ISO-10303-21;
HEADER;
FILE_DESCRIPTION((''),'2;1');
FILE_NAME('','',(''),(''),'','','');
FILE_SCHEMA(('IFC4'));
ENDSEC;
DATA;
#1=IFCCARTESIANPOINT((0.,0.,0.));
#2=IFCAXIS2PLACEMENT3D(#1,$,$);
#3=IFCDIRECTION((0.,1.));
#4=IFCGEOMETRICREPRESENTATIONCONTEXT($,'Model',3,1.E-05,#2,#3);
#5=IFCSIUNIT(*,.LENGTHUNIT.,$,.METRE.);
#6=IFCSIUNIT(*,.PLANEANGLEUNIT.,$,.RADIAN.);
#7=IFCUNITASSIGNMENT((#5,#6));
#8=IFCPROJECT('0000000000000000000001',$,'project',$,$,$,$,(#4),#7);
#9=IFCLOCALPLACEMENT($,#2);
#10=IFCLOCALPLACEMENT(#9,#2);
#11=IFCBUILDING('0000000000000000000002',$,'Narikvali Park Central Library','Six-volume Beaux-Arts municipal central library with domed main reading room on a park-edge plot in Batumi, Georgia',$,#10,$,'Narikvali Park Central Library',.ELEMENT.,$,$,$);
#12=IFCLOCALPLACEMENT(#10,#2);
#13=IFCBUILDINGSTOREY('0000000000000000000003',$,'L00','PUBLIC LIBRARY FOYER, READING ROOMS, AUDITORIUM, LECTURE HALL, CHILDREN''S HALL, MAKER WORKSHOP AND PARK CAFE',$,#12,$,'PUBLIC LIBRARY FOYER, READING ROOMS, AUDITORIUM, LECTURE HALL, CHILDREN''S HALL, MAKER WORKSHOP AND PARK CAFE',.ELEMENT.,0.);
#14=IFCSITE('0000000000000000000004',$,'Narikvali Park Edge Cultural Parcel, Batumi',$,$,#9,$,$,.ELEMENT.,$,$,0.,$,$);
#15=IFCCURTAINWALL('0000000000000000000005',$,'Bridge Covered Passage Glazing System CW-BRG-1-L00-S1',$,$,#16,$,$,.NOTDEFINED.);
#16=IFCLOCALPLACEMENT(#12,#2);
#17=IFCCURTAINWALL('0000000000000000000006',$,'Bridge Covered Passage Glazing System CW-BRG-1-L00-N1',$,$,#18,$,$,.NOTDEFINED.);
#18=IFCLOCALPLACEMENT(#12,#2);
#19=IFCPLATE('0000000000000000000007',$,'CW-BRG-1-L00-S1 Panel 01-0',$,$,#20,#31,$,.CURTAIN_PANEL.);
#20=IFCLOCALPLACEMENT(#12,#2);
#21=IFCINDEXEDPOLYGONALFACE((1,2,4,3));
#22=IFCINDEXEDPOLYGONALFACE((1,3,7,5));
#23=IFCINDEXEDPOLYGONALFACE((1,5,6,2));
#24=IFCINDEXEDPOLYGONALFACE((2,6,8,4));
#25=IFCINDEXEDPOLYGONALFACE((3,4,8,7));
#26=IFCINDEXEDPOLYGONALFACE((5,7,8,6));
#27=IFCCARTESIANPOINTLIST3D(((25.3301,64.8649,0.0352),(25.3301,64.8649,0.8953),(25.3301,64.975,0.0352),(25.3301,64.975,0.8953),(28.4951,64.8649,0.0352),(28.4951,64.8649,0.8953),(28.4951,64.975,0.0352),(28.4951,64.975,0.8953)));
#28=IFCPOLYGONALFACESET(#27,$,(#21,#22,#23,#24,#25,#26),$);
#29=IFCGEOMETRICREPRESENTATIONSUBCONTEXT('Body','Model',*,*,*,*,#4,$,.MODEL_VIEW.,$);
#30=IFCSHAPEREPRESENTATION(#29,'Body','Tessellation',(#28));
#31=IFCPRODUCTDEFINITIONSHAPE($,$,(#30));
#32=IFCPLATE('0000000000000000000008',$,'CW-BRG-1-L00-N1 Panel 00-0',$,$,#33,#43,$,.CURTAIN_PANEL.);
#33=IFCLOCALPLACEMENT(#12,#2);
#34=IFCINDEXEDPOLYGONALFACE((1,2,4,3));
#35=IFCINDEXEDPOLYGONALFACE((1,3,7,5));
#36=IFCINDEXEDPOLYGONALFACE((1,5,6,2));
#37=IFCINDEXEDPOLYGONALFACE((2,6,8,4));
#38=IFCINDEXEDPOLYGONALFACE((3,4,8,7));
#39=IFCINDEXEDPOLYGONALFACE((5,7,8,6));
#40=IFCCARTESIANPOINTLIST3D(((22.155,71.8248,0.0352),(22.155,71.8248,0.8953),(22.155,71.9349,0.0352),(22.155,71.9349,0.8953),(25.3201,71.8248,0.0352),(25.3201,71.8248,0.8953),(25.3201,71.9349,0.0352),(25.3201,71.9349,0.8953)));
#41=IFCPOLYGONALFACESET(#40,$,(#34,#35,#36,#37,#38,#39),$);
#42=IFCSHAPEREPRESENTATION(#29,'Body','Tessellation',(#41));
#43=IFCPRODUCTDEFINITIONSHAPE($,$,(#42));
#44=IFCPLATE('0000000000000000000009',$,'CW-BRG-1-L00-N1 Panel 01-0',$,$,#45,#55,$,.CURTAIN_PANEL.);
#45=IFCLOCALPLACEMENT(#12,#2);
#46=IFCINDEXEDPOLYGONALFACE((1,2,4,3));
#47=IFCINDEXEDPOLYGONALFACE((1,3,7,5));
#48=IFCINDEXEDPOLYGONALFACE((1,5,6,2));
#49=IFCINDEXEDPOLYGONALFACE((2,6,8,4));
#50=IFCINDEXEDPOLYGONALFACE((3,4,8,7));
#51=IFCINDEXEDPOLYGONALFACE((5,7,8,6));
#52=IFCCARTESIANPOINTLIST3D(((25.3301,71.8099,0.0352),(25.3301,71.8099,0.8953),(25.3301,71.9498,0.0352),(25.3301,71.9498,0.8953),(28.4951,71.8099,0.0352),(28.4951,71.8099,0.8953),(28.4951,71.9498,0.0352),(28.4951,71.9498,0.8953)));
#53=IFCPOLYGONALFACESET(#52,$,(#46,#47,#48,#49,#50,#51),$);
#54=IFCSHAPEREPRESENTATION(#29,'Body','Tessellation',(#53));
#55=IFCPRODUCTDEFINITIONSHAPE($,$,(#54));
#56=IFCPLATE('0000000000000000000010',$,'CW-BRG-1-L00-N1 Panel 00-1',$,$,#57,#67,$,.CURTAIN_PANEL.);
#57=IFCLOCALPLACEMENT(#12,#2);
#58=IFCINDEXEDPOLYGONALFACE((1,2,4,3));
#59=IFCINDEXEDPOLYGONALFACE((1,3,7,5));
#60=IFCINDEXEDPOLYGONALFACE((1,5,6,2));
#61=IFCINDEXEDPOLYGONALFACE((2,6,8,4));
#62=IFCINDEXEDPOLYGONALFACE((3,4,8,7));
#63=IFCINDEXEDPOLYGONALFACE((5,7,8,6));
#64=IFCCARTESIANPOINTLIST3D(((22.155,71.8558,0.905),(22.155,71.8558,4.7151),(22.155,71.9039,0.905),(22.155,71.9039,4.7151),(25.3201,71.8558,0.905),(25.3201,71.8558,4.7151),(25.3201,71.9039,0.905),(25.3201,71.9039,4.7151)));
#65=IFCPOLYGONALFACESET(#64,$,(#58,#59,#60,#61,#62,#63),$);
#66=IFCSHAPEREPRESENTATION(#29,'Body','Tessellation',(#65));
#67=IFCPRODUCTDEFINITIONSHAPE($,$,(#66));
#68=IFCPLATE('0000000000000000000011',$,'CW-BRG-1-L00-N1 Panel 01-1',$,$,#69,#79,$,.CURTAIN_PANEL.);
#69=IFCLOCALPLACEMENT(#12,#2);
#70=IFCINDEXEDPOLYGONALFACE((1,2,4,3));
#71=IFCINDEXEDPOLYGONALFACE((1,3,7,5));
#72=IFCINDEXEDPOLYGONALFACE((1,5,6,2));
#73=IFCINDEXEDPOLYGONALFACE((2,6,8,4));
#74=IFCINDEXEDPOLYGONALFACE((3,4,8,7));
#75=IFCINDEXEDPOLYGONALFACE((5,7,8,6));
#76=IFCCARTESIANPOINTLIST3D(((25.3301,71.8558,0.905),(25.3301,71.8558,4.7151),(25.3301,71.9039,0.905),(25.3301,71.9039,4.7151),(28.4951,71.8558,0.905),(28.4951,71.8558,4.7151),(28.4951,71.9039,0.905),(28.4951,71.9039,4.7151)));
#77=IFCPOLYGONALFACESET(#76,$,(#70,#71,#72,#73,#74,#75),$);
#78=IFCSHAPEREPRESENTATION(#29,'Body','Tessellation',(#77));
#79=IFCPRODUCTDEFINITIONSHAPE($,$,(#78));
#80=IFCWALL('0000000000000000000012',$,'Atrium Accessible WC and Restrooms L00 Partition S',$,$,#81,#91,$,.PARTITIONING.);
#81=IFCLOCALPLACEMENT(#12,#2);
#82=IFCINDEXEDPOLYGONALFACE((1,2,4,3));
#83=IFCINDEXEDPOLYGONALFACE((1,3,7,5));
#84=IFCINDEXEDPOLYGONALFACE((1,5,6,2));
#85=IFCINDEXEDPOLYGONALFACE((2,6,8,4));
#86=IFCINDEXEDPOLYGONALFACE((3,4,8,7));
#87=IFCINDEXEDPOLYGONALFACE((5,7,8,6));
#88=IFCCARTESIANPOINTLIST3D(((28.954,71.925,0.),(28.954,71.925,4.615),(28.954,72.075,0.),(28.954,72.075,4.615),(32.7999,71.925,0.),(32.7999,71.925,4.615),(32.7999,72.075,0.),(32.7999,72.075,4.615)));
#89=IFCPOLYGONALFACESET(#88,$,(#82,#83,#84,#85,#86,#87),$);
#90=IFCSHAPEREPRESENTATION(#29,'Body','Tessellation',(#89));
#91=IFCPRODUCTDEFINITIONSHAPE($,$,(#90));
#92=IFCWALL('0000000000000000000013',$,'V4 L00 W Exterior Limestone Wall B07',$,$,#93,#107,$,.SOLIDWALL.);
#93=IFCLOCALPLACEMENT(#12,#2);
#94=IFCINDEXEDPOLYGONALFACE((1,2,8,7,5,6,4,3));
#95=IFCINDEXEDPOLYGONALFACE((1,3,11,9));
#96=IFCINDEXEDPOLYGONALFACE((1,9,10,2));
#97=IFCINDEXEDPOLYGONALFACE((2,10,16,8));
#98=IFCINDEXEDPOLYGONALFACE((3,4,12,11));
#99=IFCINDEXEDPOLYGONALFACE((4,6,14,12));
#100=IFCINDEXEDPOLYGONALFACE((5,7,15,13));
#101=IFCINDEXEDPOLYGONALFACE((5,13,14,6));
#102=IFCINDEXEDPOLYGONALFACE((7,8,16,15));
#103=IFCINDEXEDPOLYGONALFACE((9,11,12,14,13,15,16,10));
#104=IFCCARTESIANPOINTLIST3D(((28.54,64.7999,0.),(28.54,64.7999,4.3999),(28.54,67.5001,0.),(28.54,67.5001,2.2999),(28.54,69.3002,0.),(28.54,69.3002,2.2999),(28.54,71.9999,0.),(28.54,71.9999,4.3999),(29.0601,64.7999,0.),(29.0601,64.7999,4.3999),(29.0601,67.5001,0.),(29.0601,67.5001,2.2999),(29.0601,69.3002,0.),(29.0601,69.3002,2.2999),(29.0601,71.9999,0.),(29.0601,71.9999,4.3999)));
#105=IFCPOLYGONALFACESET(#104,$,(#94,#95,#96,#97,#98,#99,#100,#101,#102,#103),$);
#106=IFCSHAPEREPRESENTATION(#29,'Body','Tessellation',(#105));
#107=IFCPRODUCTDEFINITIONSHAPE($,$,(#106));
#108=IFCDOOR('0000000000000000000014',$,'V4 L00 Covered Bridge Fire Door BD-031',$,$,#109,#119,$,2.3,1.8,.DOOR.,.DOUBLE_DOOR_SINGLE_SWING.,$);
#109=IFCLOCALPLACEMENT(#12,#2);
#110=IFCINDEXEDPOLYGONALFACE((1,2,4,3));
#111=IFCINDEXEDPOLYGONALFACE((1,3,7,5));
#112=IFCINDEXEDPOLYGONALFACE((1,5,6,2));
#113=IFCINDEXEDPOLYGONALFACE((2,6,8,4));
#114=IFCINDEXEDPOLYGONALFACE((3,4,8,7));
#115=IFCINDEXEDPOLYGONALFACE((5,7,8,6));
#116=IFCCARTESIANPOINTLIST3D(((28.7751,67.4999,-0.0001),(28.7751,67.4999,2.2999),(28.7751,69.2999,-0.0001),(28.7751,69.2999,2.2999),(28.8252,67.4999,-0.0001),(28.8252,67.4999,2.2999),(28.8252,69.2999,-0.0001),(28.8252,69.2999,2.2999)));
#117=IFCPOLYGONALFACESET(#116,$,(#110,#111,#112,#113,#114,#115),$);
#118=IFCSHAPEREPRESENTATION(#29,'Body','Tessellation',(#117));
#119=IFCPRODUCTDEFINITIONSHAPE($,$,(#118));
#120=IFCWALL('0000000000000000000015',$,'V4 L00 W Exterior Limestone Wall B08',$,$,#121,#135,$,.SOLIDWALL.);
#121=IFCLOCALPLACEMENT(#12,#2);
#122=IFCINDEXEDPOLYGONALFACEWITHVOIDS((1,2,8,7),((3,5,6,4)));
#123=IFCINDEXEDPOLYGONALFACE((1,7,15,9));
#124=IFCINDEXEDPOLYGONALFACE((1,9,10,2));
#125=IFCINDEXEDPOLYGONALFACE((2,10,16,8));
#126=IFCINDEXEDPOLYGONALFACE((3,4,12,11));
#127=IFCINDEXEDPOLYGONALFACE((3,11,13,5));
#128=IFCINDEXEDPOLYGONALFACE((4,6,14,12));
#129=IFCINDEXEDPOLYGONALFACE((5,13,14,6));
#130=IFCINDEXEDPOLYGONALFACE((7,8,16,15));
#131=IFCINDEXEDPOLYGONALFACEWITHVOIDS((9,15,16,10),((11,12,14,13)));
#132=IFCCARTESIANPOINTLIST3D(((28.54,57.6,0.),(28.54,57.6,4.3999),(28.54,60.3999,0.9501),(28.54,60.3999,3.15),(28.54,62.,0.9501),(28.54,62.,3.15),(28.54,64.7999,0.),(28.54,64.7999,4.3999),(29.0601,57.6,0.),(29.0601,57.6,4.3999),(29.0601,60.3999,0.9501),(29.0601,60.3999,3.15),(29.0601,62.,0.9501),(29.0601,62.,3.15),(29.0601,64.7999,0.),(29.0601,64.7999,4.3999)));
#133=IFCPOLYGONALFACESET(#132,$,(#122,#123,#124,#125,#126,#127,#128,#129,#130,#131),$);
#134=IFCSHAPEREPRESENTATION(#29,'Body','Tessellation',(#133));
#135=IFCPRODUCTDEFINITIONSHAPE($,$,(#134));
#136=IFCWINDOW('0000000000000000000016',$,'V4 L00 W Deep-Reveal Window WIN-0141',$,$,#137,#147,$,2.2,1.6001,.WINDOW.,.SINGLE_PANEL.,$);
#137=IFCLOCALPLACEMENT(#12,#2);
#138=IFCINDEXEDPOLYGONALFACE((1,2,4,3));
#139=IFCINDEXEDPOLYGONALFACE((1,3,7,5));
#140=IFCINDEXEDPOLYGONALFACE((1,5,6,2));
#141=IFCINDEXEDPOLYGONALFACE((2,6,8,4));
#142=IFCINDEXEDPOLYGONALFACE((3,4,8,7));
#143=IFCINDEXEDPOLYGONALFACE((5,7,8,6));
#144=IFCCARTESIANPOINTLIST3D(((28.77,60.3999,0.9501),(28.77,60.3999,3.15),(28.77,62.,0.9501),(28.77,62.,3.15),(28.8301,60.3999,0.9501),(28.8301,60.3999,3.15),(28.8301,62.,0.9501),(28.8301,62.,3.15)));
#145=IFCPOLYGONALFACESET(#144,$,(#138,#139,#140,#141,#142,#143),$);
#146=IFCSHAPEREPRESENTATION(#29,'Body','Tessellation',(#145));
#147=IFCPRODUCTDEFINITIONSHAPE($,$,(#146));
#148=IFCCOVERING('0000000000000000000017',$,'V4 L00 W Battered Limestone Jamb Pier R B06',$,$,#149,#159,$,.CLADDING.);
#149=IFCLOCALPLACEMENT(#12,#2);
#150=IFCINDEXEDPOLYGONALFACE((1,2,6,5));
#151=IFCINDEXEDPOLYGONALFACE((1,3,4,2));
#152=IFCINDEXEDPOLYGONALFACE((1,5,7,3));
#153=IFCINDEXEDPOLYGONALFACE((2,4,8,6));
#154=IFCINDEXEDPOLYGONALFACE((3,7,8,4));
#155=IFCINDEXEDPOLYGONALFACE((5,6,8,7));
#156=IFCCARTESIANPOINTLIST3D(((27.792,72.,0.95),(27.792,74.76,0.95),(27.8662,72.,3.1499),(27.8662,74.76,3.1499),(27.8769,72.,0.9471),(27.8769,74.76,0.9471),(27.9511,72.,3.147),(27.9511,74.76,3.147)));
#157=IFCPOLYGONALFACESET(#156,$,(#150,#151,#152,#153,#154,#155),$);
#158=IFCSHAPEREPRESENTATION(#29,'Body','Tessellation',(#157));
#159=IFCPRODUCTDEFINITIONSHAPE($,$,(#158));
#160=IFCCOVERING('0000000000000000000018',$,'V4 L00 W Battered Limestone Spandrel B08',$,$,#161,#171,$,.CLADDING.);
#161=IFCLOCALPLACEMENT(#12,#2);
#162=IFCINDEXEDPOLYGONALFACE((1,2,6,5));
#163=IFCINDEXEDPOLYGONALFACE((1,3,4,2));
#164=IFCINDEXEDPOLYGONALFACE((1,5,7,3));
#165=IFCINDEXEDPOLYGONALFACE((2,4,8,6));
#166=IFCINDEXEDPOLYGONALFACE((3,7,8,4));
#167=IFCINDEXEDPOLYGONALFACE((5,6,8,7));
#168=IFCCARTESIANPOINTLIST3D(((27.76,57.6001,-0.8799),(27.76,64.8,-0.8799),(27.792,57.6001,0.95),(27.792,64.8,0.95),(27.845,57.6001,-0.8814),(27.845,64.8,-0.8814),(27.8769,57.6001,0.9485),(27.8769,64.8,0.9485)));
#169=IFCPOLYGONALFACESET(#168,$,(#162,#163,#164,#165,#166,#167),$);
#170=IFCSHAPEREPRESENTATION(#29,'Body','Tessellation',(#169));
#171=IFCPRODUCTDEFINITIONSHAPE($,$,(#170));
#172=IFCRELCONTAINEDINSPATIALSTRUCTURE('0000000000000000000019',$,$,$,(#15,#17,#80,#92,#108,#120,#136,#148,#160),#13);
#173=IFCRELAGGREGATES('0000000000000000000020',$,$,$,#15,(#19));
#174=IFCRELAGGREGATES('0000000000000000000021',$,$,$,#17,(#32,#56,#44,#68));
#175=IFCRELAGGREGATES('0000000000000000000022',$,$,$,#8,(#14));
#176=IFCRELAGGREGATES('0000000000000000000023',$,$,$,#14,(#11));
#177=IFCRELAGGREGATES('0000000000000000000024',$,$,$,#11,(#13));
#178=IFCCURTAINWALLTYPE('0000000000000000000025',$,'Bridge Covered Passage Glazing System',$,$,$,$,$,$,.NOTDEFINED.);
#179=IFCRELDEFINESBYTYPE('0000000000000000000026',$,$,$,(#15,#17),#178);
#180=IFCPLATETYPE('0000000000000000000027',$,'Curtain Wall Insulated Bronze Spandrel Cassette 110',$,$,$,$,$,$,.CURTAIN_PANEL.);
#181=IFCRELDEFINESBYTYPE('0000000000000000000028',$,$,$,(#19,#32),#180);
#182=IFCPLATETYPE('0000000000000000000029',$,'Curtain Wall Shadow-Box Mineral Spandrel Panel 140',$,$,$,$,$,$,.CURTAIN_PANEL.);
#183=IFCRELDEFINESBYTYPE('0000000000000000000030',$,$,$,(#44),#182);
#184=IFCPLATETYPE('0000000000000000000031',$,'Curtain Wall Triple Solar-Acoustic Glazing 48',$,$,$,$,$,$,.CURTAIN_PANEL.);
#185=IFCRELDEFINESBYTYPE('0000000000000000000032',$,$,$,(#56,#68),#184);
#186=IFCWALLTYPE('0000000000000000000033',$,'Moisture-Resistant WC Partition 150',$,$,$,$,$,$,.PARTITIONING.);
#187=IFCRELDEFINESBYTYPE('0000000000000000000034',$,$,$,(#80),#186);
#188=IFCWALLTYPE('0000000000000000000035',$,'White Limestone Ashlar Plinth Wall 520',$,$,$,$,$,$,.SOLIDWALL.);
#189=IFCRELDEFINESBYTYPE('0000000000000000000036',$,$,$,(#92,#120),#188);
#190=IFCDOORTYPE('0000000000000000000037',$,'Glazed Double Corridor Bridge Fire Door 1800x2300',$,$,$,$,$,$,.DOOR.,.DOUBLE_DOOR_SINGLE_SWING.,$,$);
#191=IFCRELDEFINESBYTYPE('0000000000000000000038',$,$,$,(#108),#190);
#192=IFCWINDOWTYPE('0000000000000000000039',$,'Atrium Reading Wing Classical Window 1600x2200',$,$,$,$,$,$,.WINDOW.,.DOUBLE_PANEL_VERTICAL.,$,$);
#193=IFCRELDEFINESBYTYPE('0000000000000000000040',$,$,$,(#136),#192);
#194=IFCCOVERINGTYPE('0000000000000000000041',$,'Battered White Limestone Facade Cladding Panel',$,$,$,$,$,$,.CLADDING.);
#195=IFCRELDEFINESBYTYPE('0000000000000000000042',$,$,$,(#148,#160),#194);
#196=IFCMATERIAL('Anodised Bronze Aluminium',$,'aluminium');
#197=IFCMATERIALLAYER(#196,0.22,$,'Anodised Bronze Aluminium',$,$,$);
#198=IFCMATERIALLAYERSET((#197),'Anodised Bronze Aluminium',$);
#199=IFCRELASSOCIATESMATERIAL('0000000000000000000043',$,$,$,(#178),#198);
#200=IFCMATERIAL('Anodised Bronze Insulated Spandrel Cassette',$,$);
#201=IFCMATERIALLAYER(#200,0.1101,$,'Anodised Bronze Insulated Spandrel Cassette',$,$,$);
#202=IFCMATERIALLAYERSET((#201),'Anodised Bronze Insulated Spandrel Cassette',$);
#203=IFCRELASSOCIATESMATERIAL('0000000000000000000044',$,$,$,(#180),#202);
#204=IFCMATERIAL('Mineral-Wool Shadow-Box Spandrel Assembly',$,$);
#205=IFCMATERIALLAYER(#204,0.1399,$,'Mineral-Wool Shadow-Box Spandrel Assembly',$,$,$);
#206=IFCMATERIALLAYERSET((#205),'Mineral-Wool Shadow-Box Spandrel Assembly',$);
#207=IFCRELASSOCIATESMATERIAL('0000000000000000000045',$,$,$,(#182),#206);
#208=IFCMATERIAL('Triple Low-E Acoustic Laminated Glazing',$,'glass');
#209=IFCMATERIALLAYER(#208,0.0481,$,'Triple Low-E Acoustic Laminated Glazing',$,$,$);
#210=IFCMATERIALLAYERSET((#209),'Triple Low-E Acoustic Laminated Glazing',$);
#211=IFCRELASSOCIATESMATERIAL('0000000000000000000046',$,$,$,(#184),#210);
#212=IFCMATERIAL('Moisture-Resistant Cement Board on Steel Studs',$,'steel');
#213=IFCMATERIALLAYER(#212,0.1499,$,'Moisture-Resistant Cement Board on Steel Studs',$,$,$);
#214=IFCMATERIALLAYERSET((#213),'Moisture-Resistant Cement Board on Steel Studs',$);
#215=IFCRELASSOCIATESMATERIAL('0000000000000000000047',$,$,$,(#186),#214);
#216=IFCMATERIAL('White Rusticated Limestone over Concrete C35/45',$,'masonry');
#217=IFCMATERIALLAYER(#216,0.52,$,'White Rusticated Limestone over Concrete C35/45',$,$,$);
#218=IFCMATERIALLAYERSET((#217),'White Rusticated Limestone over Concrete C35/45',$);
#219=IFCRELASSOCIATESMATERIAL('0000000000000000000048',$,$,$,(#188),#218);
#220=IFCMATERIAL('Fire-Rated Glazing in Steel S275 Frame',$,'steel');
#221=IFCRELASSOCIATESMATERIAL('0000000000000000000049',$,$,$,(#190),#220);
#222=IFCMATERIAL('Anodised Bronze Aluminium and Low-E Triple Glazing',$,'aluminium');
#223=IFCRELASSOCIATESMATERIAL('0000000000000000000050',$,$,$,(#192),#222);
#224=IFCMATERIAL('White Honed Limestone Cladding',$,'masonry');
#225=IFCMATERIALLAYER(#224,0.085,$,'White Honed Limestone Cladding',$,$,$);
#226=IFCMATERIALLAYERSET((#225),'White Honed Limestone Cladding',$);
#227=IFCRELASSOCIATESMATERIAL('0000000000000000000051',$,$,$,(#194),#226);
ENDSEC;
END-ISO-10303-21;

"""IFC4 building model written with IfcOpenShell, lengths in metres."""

from ifc_helpers import new_model, si_unit, direction, frame, frame_2d, origin, origin_2d, place, context, subcontext, project, spatial, polyline, rectangle, outline, extrude, material, layer, layer_set, type_object, element, fill, aggregate, save


model = new_model("IFC4")

# Units and contexts
model_context = context("Model", 3, precision=1e-05, world=origin(), true_north=direction((0.0, 1.0)))
body_context = subcontext(model_context, "Body", "Model", "MODEL_VIEW")
ifc_project = project(units=[si_unit("LENGTHUNIT", "METRE"), si_unit("PLANEANGLEUNIT", "RADIAN")], contexts=[model_context])

# Site, building, storey
site_placement = place(None, origin())
site = spatial("IfcSite", under=ifc_project, at=site_placement, Name="Narikvali Park Edge Cultural Parcel, Batumi", CompositionType="ELEMENT", RefElevation=0.0)
building_placement = place(site_placement, origin())
building = spatial("IfcBuilding", under=site, at=building_placement, Name="Narikvali Park Central Library", Description="Six-volume Beaux-Arts municipal central library with domed main reading room on a park-edge plot in Batumi, Georgia", LongName="Narikvali Park Central Library", CompositionType="ELEMENT")
storey_placement = place(building_placement, origin())
storey = spatial("IfcBuildingStorey", under=building, at=storey_placement, Name="L00", Description="PUBLIC LIBRARY FOYER, READING ROOMS, AUDITORIUM, LECTURE HALL, CHILDREN'S HALL, MAKER WORKSHOP AND PARK CAFE", LongName="PUBLIC LIBRARY FOYER, READING ROOMS, AUDITORIUM, LECTURE HALL, CHILDREN'S HALL, MAKER WORKSHOP AND PARK CAFE", CompositionType="ELEMENT", Elevation=0.0)

# Curtain walls
ifc_material_1 = material(Name="Anodised Bronze Aluminium", Category="aluminium")
ifc_layer_1 = layer(ifc_material_1, 0.22, Name="Anodised Bronze Aluminium")
ifc_layer_set_1 = layer_set([ifc_layer_1], Name="Anodised Bronze Aluminium")
curtain_wall_type = type_object("IfcCurtainWallType", Name="Bridge Covered Passage Glazing System", PredefinedType="NOTDEFINED", material=ifc_layer_set_1)
curtain_wall_1_placement = place(storey_placement, origin())
curtain_wall_1 = element("IfcCurtainWall", 1, at=curtain_wall_1_placement, inside=storey, type_object=curtain_wall_type, Name="Bridge Covered Passage Glazing System CW-BRG-1-L00-S1", PredefinedType="NOTDEFINED")
curtain_wall_2_placement = place(storey_placement, origin())
curtain_wall_2 = element("IfcCurtainWall", 2, at=curtain_wall_2_placement, inside=storey, type_object=curtain_wall_type, Name="Bridge Covered Passage Glazing System CW-BRG-1-L00-N1", PredefinedType="NOTDEFINED")

# Plates
ifc_material_2 = material(Name="Anodised Bronze Insulated Spandrel Cassette")
ifc_layer_2 = layer(ifc_material_2, 0.1101, Name="Anodised Bronze Insulated Spandrel Cassette")
ifc_layer_set_2 = layer_set([ifc_layer_2], Name="Anodised Bronze Insulated Spandrel Cassette")
plate_type_1 = type_object("IfcPlateType", Name="Curtain Wall Insulated Bronze Spandrel Cassette 110", PredefinedType="CURTAIN_PANEL", material=ifc_layer_set_2)
plate_1_placement = place(storey_placement, frame((26.9126, 64.9199, 0.0352), z_axis=(0.0, 0.0, 1.0), x_axis=(1.0, 0.0, 0.0)))
plate_1 = element("IfcPlate", 3, at=plate_1_placement, type_object=plate_type_1, Name="CW-BRG-1-L00-S1 Panel 01-0", PredefinedType="CURTAIN_PANEL", context=body_context, shape_type="SweptSolid", body=[
    extrude(rectangle(XDim=3.165, YDim=0.1101, at=origin_2d()), origin(), (0.0, 0.0, 1.0), 0.8601),
])
aggregate(curtain_wall_1, [plate_1])
plate_2_placement = place(storey_placement, frame((23.7375, 71.8799, 0.0352), z_axis=(0.0, 0.0, 1.0), x_axis=(1.0, 0.0, 0.0)))
plate_2 = element("IfcPlate", 4, at=plate_2_placement, type_object=plate_type_1, Name="CW-BRG-1-L00-N1 Panel 00-0", PredefinedType="CURTAIN_PANEL", context=body_context, shape_type="SweptSolid", body=[
    extrude(rectangle(XDim=3.165, YDim=0.1101, at=origin_2d()), origin(), (0.0, 0.0, 1.0), 0.8601),
])
ifc_material_3 = material(Name="Mineral-Wool Shadow-Box Spandrel Assembly")
ifc_layer_3 = layer(ifc_material_3, 0.1399, Name="Mineral-Wool Shadow-Box Spandrel Assembly")
ifc_layer_set_3 = layer_set([ifc_layer_3], Name="Mineral-Wool Shadow-Box Spandrel Assembly")
plate_type_2 = type_object("IfcPlateType", Name="Curtain Wall Shadow-Box Mineral Spandrel Panel 140", PredefinedType="CURTAIN_PANEL", material=ifc_layer_set_3)
plate_3_placement = place(storey_placement, frame((26.9126, 71.8799, 0.0352), z_axis=(0.0, 0.0, 1.0), x_axis=(1.0, 0.0, 0.0)))
plate_3 = element("IfcPlate", 5, at=plate_3_placement, type_object=plate_type_2, Name="CW-BRG-1-L00-N1 Panel 01-0", PredefinedType="CURTAIN_PANEL", context=body_context, shape_type="SweptSolid", body=[
    extrude(rectangle(XDim=3.165, YDim=0.1399, at=origin_2d()), origin(), (0.0, 0.0, 1.0), 0.8601),
])
ifc_material_4 = material(Name="Triple Low-E Acoustic Laminated Glazing", Category="glass")
ifc_layer_4 = layer(ifc_material_4, 0.0481, Name="Triple Low-E Acoustic Laminated Glazing")
ifc_layer_set_4 = layer_set([ifc_layer_4], Name="Triple Low-E Acoustic Laminated Glazing")
plate_type_3 = type_object("IfcPlateType", Name="Curtain Wall Triple Solar-Acoustic Glazing 48", PredefinedType="CURTAIN_PANEL", material=ifc_layer_set_4)
plate_4_placement = place(storey_placement, frame((23.7375, 71.8799, 0.905), z_axis=(0.0, 0.0, 1.0), x_axis=(1.0, 0.0, 0.0)))
plate_4 = element("IfcPlate", 6, at=plate_4_placement, type_object=plate_type_3, Name="CW-BRG-1-L00-N1 Panel 00-1", PredefinedType="CURTAIN_PANEL", context=body_context, shape_type="SweptSolid", body=[
    extrude(rectangle(XDim=3.165, YDim=0.0481, at=origin_2d()), origin(), (0.0, 0.0, 1.0), 3.8101),
])
plate_5_placement = place(storey_placement, frame((26.9126, 71.8799, 0.905), z_axis=(0.0, 0.0, 1.0), x_axis=(1.0, 0.0, 0.0)))
plate_5 = element("IfcPlate", 7, at=plate_5_placement, type_object=plate_type_3, Name="CW-BRG-1-L00-N1 Panel 01-1", PredefinedType="CURTAIN_PANEL", context=body_context, shape_type="SweptSolid", body=[
    extrude(rectangle(XDim=3.165, YDim=0.0481, at=origin_2d()), origin(), (0.0, 0.0, 1.0), 3.8101),
])
aggregate(curtain_wall_2, [plate_2, plate_4, plate_3, plate_5])

# Wall
ifc_material_5 = material(Name="Moisture-Resistant Cement Board on Steel Studs", Category="steel")
ifc_layer_5 = layer(ifc_material_5, 0.1499, Name="Moisture-Resistant Cement Board on Steel Studs")
ifc_layer_set_5 = layer_set([ifc_layer_5], Name="Moisture-Resistant Cement Board on Steel Studs")
wall_type_1 = type_object("IfcWallType", Name="Moisture-Resistant WC Partition 150", PredefinedType="PARTITIONING", material=ifc_layer_set_5)
wall_1_placement = place(storey_placement, frame((28.9541, 72.0, 0.0), z_axis=(0.0, 0.0, 1.0), x_axis=(1.0, 0.0, 0.0)))
element("IfcWall", 8, at=wall_1_placement, inside=storey, type_object=wall_type_1, Name="Atrium Accessible WC and Restrooms L00 Partition S", PredefinedType="PARTITIONING", context=body_context, shape_type="SweptSolid", body=[
    extrude(rectangle(XDim=3.8459, YDim=0.1499, at=frame_2d((1.9229, 0.0))), origin(), (0.0, 0.0, 1.0), 4.615),
])

# Wall, opening, door
ifc_material_6 = material(Name="White Rusticated Limestone over Concrete C35/45", Category="masonry")
ifc_layer_6 = layer(ifc_material_6, 0.52, Name="White Rusticated Limestone over Concrete C35/45")
ifc_layer_set_6 = layer_set([ifc_layer_6], Name="White Rusticated Limestone over Concrete C35/45")
wall_type_2 = type_object("IfcWallType", Name="White Limestone Ashlar Plinth Wall 520", PredefinedType="SOLIDWALL", material=ifc_layer_set_6)
wall_2_placement = place(storey_placement, frame((28.8, 72.0, 0.0), z_axis=(0.0, 0.0, 1.0), x_axis=(0.0, -1.0, 0.0)))
wall_2 = element("IfcWall", 9, at=wall_2_placement, inside=storey, type_object=wall_type_2, Name="V4 L00 W Exterior Limestone Wall B07", PredefinedType="SOLIDWALL", context=body_context, shape_type="SweptSolid", body=[
    extrude(rectangle(XDim=7.2, YDim=0.52, at=frame_2d((3.6001, 0.0))), origin(), (0.0, 0.0, 1.0), 4.3999),
])
opening_1_placement = place(wall_2_placement, frame((2.7, 0.0, 0.0)))
opening_1 = element("IfcOpeningElement", 10, at=opening_1_placement, cuts=wall_2, PredefinedType="OPENING", context=body_context, shape_type="SweptSolid", body=[
    extrude(rectangle(XDim=1.8, YDim=2.3, at=frame_2d((0.8999, 1.1499))), frame((0.0, 0.272, 0.0), z_axis=(0.0, -1.0, 0.0), x_axis=(1.0, 0.0, 0.0)), (0.0, 0.0, 1.0), 0.5439),
])
ifc_material_7 = material(Name="Fire-Rated Glazing in Steel S275 Frame", Category="steel")
door_type = type_object("IfcDoorType", Name="Glazed Double Corridor Bridge Fire Door 1800x2300", OperationType="DOUBLE_DOOR_SINGLE_SWING", PredefinedType="DOOR", material=ifc_material_7)
door_placement = place(opening_1_placement, frame((1.8, 0.0, 0.0), z_axis=(0.0, 0.0, 1.0), x_axis=(-1.0, 0.0, 0.0)))
door = element("IfcDoor", 11, at=door_placement, inside=storey, type_object=door_type, Name="V4 L00 Covered Bridge Fire Door BD-031", OperationType="DOUBLE_DOOR_SINGLE_SWING", OverallHeight=2.3, OverallWidth=1.8, PredefinedType="DOOR", context=body_context, shape_type="SweptSolid", body=[
    extrude(rectangle(XDim=1.8, YDim=2.3, at=frame_2d((0.8999, 1.1499))), frame((0.0, 0.0249, 0.0), z_axis=(0.0, -1.0, 0.0), x_axis=(1.0, 0.0, 0.0)), (0.0, 0.0, 1.0), 0.05),
])
fill(opening_1, door)

# Wall, opening, window
wall_3_placement = place(storey_placement, frame((28.8, 64.8, 0.0), z_axis=(0.0, 0.0, 1.0), x_axis=(0.0, -1.0, 0.0)))
wall_3 = element("IfcWall", 12, at=wall_3_placement, inside=storey, type_object=wall_type_2, Name="V4 L00 W Exterior Limestone Wall B08", PredefinedType="SOLIDWALL", context=body_context, shape_type="SweptSolid", body=[
    extrude(rectangle(XDim=7.2, YDim=0.52, at=frame_2d((3.6001, 0.0))), origin(), (0.0, 0.0, 1.0), 4.3999),
])
opening_2_placement = place(wall_3_placement, frame((2.8, 0.0, 0.95)))
opening_2 = element("IfcOpeningElement", 13, at=opening_2_placement, cuts=wall_3, PredefinedType="OPENING", context=body_context, shape_type="SweptSolid", body=[
    extrude(rectangle(XDim=1.6001, YDim=2.2, at=frame_2d((0.8, 1.1001))), frame((0.0, 0.272, 0.0), z_axis=(0.0, -1.0, 0.0), x_axis=(1.0, 0.0, 0.0)), (0.0, 0.0, 1.0), 0.5439),
])
ifc_material_8 = material(Name="Anodised Bronze Aluminium and Low-E Triple Glazing", Category="aluminium")
window_type = type_object("IfcWindowType", Name="Atrium Reading Wing Classical Window 1600x2200", PartitioningType="DOUBLE_PANEL_VERTICAL", PredefinedType="WINDOW", material=ifc_material_8)
window_placement = place(opening_2_placement, origin())
window = element("IfcWindow", 14, at=window_placement, inside=storey, type_object=window_type, Name="V4 L00 W Deep-Reveal Window WIN-0141", OverallHeight=2.2, OverallWidth=1.6001, PartitioningType="SINGLE_PANEL", PredefinedType="WINDOW", context=body_context, shape_type="SweptSolid", body=[
    extrude(rectangle(XDim=1.6001, YDim=2.2, at=frame_2d((0.8, 1.1001))), frame((0.0, 0.03, 0.0), z_axis=(0.0, -1.0, 0.0), x_axis=(1.0, 0.0, 0.0)), (0.0, 0.0, 1.0), 0.0601),
])
fill(opening_2, window)

# Coverings
ifc_material_9 = material(Name="White Honed Limestone Cladding", Category="masonry")
ifc_layer_7 = layer(ifc_material_9, 0.085, Name="White Honed Limestone Cladding")
ifc_layer_set_7 = layer_set([ifc_layer_7], Name="White Honed Limestone Cladding")
covering_type = type_object("IfcCoveringType", Name="Battered White Limestone Facade Cladding Panel", PredefinedType="CLADDING", material=ifc_layer_set_7)
covering_1_placement = place(storey_placement, frame((27.792, 74.76, 0.95), z_axis=(-0.999431, 0.0, 0.033717), x_axis=(0.0, -1.0, 0.0)))
element("IfcCovering", 15, at=covering_1_placement, inside=storey, type_object=covering_type, Name="V4 L00 W Battered Limestone Jamb Pier R B06", PredefinedType="CLADDING", context=body_context, shape_type="SweptSolid", body=[
    extrude(outline(polyline([(0.0, 0.0), (2.76, 0.0), (2.76, 2.2012), (0.0, 2.2012), (0.0, 0.0)])), origin(), (0.0, 0.0, -1.0), 0.085),
])
covering_2_placement = place(storey_placement, frame((27.76, 64.8, -0.8799), z_axis=(-0.999847, 0.0, 0.017476), x_axis=(0.0, -1.0, 0.0)))
element("IfcCovering", 16, at=covering_2_placement, inside=storey, type_object=covering_type, Name="V4 L00 W Battered Limestone Spandrel B08", PredefinedType="CLADDING", context=body_context, shape_type="SweptSolid", body=[
    extrude(outline(polyline([(0.0, 0.0), (7.2, 0.0), (7.2, 1.8301), (0.0, 1.8301), (0.0, 0.0)])), origin(), (0.0, 0.0, -1.0), 0.085),
])

save(model, "model.ifc")
